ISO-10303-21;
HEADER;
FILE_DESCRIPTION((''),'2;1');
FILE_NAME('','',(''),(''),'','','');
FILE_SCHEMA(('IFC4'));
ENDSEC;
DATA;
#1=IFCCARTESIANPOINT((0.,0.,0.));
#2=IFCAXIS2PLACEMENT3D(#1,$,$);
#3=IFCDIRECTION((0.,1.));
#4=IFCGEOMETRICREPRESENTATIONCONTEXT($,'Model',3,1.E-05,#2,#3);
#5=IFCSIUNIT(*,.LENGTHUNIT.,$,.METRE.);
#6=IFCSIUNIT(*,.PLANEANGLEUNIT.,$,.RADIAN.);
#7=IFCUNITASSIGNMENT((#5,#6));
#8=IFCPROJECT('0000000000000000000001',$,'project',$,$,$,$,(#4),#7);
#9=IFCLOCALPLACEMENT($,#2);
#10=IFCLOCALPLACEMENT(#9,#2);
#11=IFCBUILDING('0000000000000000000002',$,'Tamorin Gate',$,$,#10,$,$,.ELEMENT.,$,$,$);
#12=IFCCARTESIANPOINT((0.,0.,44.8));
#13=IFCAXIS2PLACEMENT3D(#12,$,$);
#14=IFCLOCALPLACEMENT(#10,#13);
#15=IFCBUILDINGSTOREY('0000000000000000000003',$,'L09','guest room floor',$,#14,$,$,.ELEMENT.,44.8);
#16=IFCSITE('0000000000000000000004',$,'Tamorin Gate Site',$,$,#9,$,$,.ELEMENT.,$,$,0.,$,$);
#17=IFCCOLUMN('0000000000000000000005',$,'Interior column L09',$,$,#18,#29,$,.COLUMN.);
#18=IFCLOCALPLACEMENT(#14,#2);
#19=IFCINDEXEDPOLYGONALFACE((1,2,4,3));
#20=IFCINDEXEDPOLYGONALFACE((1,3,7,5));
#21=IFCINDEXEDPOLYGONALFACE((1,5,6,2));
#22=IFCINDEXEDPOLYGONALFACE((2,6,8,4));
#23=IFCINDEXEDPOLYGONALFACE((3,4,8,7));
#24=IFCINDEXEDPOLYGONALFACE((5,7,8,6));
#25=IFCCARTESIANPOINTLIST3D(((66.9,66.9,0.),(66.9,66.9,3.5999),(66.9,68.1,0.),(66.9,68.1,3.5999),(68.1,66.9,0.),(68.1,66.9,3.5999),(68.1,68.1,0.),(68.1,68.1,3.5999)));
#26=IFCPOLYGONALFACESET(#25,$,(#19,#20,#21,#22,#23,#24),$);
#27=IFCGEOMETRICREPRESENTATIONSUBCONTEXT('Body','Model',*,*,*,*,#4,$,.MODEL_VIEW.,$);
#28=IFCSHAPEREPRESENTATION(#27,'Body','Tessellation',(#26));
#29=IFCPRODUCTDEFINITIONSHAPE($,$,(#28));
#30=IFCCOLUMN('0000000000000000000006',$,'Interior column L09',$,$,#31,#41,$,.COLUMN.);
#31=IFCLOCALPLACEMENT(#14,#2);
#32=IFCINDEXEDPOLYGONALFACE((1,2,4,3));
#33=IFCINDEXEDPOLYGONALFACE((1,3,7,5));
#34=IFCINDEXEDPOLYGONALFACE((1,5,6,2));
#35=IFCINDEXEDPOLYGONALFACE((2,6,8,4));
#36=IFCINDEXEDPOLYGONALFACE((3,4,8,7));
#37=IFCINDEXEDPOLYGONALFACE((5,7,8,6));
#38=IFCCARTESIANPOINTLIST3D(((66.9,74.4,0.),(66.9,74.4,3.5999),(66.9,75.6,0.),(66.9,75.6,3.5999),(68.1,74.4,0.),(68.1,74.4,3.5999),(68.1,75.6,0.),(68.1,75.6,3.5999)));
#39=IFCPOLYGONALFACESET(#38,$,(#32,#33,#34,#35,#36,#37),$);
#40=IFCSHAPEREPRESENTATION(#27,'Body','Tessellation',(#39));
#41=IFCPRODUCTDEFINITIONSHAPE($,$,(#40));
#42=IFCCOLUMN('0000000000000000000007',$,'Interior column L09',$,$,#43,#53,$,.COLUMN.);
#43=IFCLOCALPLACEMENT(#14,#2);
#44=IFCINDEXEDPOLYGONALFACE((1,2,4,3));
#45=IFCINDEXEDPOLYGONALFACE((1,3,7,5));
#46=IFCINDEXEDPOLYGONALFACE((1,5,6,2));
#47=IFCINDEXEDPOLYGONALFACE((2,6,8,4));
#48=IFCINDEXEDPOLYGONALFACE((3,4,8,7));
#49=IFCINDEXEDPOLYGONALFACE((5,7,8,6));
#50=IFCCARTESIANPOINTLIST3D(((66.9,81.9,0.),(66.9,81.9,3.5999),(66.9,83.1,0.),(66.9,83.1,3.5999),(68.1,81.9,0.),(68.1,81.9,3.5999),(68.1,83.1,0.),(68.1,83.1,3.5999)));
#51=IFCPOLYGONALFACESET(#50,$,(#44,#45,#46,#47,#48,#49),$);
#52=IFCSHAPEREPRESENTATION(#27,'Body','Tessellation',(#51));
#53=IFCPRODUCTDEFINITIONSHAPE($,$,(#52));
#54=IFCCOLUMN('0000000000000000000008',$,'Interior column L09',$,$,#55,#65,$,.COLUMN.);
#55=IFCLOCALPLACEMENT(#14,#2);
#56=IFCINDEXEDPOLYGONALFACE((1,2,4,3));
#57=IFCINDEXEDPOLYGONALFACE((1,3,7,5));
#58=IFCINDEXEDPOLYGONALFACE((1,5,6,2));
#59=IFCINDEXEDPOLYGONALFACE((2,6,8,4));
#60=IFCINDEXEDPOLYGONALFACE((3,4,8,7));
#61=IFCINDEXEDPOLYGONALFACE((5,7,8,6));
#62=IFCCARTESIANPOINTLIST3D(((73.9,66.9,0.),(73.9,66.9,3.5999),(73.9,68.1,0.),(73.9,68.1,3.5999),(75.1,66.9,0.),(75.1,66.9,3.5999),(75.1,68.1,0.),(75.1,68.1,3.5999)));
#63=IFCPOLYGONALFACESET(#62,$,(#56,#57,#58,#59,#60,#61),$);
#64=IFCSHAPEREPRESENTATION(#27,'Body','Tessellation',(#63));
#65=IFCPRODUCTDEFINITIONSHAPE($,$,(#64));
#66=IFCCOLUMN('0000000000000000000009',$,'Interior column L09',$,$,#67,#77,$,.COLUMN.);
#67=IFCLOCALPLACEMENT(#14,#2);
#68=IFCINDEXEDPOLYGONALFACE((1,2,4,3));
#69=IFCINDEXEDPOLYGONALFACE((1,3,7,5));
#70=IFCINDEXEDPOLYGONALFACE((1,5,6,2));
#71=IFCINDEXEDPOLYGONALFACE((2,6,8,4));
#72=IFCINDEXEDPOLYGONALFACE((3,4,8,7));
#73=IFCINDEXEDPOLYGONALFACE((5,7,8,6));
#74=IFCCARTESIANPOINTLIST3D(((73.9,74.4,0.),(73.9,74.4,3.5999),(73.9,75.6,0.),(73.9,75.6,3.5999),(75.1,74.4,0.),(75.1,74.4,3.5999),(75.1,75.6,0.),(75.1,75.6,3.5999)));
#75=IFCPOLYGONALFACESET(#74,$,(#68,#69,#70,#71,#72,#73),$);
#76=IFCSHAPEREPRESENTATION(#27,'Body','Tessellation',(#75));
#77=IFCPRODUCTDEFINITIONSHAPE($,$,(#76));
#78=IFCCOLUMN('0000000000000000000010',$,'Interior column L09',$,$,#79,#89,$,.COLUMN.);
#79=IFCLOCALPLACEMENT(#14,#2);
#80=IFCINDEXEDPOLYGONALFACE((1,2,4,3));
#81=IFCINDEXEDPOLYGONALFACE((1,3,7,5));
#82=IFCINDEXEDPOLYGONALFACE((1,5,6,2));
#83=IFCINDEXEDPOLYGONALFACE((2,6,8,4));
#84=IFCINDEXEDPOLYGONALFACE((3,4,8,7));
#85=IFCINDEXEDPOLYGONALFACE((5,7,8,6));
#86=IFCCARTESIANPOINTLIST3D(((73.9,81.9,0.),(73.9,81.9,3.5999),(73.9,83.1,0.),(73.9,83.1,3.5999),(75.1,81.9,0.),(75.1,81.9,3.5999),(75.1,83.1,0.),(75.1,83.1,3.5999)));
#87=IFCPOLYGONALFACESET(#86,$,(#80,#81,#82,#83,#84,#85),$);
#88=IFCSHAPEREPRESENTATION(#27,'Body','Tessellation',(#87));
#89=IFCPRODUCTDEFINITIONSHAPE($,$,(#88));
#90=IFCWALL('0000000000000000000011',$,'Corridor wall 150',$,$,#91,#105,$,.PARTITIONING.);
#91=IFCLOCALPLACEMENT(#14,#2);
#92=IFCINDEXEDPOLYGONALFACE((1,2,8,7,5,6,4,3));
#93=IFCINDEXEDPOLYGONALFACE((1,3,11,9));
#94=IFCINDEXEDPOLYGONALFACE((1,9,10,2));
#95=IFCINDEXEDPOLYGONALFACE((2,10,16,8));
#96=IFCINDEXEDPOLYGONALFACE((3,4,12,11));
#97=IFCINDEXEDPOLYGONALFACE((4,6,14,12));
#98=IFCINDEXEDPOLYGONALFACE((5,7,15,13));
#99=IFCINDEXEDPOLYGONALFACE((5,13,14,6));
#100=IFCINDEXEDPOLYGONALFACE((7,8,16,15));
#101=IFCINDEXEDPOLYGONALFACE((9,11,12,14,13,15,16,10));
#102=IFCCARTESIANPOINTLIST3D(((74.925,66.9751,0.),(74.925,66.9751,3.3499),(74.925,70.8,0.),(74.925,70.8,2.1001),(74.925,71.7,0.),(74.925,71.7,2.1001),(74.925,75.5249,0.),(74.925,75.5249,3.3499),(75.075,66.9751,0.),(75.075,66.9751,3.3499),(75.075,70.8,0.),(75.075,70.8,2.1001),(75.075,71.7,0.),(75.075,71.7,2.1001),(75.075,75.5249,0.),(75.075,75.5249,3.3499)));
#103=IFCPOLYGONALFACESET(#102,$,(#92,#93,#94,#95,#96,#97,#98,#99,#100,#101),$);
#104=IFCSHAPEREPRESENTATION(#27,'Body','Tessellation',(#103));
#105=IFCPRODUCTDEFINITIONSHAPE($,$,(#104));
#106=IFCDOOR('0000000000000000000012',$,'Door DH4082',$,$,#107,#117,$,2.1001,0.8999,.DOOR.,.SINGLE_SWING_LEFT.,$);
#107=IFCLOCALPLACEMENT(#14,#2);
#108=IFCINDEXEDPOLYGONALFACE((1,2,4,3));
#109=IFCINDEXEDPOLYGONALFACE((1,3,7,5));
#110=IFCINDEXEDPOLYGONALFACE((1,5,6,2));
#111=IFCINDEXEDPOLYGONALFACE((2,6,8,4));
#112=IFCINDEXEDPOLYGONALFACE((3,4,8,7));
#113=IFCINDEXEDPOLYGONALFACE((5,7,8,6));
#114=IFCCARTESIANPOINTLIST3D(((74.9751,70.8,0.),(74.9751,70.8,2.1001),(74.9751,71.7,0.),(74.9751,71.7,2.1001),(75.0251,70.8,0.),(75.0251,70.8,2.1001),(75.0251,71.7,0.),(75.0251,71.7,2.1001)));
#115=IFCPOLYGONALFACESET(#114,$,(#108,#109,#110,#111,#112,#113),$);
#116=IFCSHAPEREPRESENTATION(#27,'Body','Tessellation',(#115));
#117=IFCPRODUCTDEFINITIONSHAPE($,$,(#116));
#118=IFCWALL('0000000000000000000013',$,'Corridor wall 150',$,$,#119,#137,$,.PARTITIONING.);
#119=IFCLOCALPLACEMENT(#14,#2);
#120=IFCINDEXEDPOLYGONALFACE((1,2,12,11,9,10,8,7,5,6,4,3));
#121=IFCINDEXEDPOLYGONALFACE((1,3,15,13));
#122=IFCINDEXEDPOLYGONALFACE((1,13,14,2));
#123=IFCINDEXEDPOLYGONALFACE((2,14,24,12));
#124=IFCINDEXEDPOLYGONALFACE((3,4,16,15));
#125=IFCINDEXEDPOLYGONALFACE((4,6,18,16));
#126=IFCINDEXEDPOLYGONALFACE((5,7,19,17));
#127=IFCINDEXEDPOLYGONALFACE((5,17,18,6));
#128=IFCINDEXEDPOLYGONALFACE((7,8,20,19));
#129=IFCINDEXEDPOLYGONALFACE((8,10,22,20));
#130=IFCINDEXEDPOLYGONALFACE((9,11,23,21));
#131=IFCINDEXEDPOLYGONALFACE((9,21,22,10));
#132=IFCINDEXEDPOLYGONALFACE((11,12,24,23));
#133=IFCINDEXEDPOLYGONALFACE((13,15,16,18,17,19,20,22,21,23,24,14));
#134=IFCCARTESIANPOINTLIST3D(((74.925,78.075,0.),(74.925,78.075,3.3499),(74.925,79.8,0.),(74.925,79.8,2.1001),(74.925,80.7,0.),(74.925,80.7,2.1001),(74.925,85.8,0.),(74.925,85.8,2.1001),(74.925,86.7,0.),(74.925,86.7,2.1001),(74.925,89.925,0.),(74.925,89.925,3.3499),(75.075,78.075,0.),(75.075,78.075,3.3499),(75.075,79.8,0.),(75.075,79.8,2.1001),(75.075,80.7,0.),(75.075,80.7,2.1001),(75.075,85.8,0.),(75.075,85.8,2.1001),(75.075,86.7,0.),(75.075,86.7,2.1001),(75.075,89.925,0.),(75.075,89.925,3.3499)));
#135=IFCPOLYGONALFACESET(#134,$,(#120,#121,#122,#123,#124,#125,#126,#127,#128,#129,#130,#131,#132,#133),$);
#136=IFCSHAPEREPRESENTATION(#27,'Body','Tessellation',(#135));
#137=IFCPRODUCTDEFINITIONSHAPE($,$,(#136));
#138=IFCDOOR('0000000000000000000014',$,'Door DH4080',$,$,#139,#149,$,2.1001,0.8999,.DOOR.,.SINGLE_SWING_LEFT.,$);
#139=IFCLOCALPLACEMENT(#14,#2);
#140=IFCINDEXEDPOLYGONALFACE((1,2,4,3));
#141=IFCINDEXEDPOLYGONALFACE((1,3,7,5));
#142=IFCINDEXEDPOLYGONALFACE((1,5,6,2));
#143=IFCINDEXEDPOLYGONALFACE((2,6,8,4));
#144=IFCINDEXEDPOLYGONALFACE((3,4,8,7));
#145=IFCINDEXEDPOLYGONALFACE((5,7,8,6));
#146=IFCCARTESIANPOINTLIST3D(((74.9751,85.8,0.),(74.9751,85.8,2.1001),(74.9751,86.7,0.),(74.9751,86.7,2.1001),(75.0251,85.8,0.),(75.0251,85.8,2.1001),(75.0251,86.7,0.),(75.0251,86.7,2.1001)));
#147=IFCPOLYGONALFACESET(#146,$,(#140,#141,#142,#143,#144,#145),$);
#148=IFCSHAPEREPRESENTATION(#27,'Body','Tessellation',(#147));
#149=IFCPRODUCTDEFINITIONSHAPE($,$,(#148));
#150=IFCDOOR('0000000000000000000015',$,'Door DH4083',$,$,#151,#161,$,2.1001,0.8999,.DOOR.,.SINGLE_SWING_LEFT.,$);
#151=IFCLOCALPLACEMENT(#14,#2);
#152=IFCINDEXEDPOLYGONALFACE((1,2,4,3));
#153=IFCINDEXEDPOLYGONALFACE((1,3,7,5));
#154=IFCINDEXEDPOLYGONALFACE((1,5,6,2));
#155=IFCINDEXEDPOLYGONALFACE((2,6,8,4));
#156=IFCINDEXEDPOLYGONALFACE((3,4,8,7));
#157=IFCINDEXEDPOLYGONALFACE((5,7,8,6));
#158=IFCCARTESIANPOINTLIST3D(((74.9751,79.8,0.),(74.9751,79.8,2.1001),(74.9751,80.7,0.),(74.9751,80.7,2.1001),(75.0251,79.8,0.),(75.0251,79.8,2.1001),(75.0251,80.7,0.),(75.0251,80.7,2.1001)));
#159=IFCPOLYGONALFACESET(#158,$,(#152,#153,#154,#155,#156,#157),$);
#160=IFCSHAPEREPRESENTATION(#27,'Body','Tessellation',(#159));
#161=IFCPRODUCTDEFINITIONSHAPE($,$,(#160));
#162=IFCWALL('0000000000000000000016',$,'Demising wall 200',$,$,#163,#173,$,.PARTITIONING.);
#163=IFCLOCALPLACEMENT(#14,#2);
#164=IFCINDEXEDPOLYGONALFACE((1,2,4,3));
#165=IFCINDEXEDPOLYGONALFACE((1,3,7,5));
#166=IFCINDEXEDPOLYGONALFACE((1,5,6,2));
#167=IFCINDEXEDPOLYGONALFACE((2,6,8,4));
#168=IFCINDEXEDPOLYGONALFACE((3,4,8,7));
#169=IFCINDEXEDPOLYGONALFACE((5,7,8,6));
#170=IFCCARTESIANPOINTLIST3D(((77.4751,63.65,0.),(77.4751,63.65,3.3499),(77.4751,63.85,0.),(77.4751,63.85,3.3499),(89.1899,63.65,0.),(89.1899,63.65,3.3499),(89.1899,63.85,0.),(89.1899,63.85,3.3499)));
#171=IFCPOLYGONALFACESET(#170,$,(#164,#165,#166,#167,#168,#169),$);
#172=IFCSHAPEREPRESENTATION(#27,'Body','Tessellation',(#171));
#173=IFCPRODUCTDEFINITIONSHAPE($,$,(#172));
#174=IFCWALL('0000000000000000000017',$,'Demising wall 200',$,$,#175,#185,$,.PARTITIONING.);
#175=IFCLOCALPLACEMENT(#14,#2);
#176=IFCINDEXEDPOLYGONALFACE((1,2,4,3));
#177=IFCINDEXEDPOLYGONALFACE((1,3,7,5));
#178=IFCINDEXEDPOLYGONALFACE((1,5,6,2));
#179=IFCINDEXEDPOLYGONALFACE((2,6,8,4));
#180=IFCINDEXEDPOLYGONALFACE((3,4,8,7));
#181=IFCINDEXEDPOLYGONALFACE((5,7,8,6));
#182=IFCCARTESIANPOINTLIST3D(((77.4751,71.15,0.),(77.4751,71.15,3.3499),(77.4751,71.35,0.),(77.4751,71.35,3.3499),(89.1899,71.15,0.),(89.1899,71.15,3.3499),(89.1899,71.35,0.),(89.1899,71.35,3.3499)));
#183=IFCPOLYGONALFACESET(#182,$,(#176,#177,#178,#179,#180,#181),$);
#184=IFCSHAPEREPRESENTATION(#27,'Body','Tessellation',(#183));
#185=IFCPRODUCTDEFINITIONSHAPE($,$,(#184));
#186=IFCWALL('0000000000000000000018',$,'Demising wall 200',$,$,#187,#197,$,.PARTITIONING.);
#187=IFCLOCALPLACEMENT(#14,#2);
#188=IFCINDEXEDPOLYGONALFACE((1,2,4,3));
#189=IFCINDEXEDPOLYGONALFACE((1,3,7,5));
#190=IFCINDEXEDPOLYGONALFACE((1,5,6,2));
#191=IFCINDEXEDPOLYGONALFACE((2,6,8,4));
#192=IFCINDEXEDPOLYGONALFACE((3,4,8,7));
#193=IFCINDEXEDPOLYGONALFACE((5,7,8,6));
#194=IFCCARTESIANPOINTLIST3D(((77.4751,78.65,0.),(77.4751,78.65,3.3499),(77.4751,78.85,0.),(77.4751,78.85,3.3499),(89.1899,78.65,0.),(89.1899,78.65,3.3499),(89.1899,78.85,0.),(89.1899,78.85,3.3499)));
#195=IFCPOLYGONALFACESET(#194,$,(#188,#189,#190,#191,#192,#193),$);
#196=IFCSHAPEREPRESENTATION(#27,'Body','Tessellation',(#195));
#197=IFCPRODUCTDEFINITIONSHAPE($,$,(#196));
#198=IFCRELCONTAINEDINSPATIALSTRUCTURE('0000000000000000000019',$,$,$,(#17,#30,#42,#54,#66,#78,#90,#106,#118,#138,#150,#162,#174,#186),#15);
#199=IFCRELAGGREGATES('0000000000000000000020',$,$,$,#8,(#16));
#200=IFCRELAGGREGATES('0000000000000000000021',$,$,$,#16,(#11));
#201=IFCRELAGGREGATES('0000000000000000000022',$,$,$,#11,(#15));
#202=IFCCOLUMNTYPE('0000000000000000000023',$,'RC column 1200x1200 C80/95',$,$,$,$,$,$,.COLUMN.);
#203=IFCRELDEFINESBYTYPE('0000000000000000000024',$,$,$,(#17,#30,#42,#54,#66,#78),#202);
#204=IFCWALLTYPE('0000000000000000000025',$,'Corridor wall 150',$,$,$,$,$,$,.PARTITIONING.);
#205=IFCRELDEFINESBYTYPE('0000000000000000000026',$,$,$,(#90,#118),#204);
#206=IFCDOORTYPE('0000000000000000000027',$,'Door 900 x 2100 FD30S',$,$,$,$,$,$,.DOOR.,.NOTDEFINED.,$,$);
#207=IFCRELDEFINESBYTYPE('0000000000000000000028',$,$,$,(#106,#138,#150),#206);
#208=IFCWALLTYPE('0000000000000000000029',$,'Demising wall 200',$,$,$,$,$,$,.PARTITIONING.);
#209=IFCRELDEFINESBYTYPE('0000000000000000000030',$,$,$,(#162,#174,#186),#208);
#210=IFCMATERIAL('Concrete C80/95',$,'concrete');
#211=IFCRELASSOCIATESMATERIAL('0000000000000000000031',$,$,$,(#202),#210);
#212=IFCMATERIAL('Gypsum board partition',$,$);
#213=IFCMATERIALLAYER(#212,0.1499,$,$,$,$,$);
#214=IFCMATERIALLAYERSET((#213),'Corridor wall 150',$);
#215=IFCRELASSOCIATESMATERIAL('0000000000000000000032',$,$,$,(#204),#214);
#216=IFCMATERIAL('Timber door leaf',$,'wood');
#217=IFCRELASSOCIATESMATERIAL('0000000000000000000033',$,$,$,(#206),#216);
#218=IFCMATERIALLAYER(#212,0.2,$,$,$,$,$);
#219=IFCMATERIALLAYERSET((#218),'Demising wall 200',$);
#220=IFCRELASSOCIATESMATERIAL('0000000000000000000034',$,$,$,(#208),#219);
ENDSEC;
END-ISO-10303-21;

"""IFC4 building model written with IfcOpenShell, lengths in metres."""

from ifc_helpers import new_model, si_unit, direction, frame, frame_2d, origin, origin_2d, place, context, subcontext, project, spatial, rectangle, extrude, material, layer, layer_set, material_profile, profile_set, type_object, element, fill, save


model = new_model("IFC4")

# Units and contexts
model_context = context("Model", 3, precision=1e-05, world=origin(), true_north=direction((0.0, 1.0)))
body_context = subcontext(model_context, "Body", "Model", "MODEL_VIEW")
ifc_project = project(units=[si_unit("LENGTHUNIT", "METRE"), si_unit("PLANEANGLEUNIT", "RADIAN")], contexts=[model_context])

# Site, building, storey
site_placement = place(None, origin())
site = spatial("IfcSite", under=ifc_project, at=site_placement, Name="Tamorin Gate Site", CompositionType="ELEMENT", RefElevation=0.0)
building_placement = place(site_placement, origin())
building = spatial("IfcBuilding", under=site, at=building_placement, Name="Tamorin Gate", CompositionType="ELEMENT")
storey_placement = place(building_placement, frame((0.0, 0.0, 44.8)))
storey = spatial("IfcBuildingStorey", under=building, at=storey_placement, Name="L09", Description="guest room floor", CompositionType="ELEMENT", Elevation=44.8)

# Columns
ifc_material_1 = material(Name="Concrete C80/95", Category="concrete")
ifc_material_profile = material_profile(ifc_material_1, rectangle(XDim=1.2, YDim=1.2, at=origin_2d()), Name="RC 1200x1200")
ifc_profile_set = profile_set([ifc_material_profile], Name="Concrete C80/95")
column_type = type_object("IfcColumnType", Name="RC column 1200x1200 C80/95", PredefinedType="COLUMN", material=ifc_profile_set)
for number, where, z_axis, x_axis, name in (
    (1, (67.5, 67.5, 0.0), (0.0, 0.0, 1.0), (1.0, 0.0, 0.0), "Interior column L09"),
    (2, (67.5, 75.0, 0.0), (0.0, 0.0, 1.0), (1.0, 0.0, 0.0), "Interior column L09"),
    (3, (67.5, 82.5, 0.0), (0.0, 0.0, 1.0), (1.0, 0.0, 0.0), "Interior column L09"),
    (4, (74.5, 67.5, 0.0), (0.0, 0.0, 1.0), (1.0, 0.0, 0.0), "Interior column L09"),
    (5, (74.5, 75.0, 0.0), (0.0, 0.0, 1.0), (1.0, 0.0, 0.0), "Interior column L09"),
    (6, (74.5, 82.5, 0.0), (0.0, 0.0, 1.0), (1.0, 0.0, 0.0), "Interior column L09"),
):
    element("IfcColumn", number, at=place(storey_placement, frame(where, z_axis=z_axis, x_axis=x_axis)), inside=storey, type_object=column_type, Name=name, PredefinedType="COLUMN", context=body_context, shape_type="SweptSolid", body=[
        extrude(rectangle(XDim=1.2, YDim=1.2, at=origin_2d()), origin(), (0.0, 0.0, 1.0), 3.5999),
    ])

# Wall, opening, door
ifc_material_2 = material(Name="Gypsum board partition")
ifc_layer_1 = layer(ifc_material_2, 0.1499)
ifc_layer_set_1 = layer_set([ifc_layer_1], Name="Corridor wall 150")
wall_type_1 = type_object("IfcWallType", Name="Corridor wall 150", PredefinedType="PARTITIONING", material=ifc_layer_set_1)
wall_1_placement = place(storey_placement, frame((75.0, 66.9751, 0.0), z_axis=(0.0, 0.0, 1.0), x_axis=(0.0, 1.0, 0.0)))
wall_1 = element("IfcWall", 7, at=wall_1_placement, inside=storey, type_object=wall_type_1, Name="Corridor wall 150", PredefinedType="PARTITIONING", context=body_context, shape_type="SweptSolid", body=[
    extrude(rectangle(XDim=8.5498, YDim=0.1499, at=frame_2d((4.2749, 0.0))), origin(), (0.0, 0.0, 1.0), 3.3499),
])
opening_1_placement = place(wall_1_placement, frame((3.825, 0.0, 0.0)))
opening_1 = element("IfcOpeningElement", 8, at=opening_1_placement, cuts=wall_1, PredefinedType="OPENING", context=body_context, shape_type="SweptSolid", body=[
    extrude(rectangle(XDim=0.8999, YDim=2.1001, at=frame_2d((0.45, 1.05))), frame((0.0, 0.085, 0.0), z_axis=(0.0, -1.0, 0.0), x_axis=(1.0, 0.0, 0.0)), (0.0, 0.0, 1.0), 0.1699),
])
ifc_material_3 = material(Name="Timber door leaf", Category="wood")
door_type = type_object("IfcDoorType", Name="Door 900 x 2100 FD30S", OperationType="NOTDEFINED", PredefinedType="DOOR", material=ifc_material_3)
door_1_placement = place(opening_1_placement, origin())
door_1 = element("IfcDoor", 9, at=door_1_placement, inside=storey, type_object=door_type, Name="Door DH4082", OperationType="SINGLE_SWING_LEFT", OverallHeight=2.1001, OverallWidth=0.8999, PredefinedType="DOOR", context=body_context, shape_type="SweptSolid", body=[
    extrude(rectangle(XDim=0.8999, YDim=2.1001, at=frame_2d((0.45, 1.05))), frame((0.0, 0.0249, 0.0), z_axis=(0.0, -1.0, 0.0), x_axis=(1.0, 0.0, 0.0)), (0.0, 0.0, 1.0), 0.05),
])
fill(opening_1, door_1)

# Wall, openings, doors
wall_2_placement = place(storey_placement, frame((75.0, 78.075, 0.0), z_axis=(0.0, 0.0, 1.0), x_axis=(0.0, 1.0, 0.0)))
wall_2 = element("IfcWall", 10, at=wall_2_placement, inside=storey, type_object=wall_type_1, Name="Corridor wall 150", PredefinedType="PARTITIONING", context=body_context, shape_type="SweptSolid", body=[
    extrude(rectangle(XDim=11.8501, YDim=0.1499, at=frame_2d((5.925, 0.0))), origin(), (0.0, 0.0, 1.0), 3.3499),
])
opening_2_placement = place(wall_2_placement, frame((7.7251, 0.0, 0.0)))
opening_2 = element("IfcOpeningElement", 11, at=opening_2_placement, cuts=wall_2, PredefinedType="OPENING", context=body_context, shape_type="SweptSolid", body=[
    extrude(rectangle(XDim=0.8999, YDim=2.1001, at=frame_2d((0.45, 1.05))), frame((0.0, 0.085, 0.0), z_axis=(0.0, -1.0, 0.0), x_axis=(1.0, 0.0, 0.0)), (0.0, 0.0, 1.0), 0.1699),
])
opening_3_placement = place(wall_2_placement, frame((1.7251, 0.0, 0.0)))
opening_3 = element("IfcOpeningElement", 12, at=opening_3_placement, cuts=wall_2, PredefinedType="OPENING", context=body_context, shape_type="SweptSolid", body=[
    extrude(rectangle(XDim=0.8999, YDim=2.1001, at=frame_2d((0.45, 1.05))), frame((0.0, 0.085, 0.0), z_axis=(0.0, -1.0, 0.0), x_axis=(1.0, 0.0, 0.0)), (0.0, 0.0, 1.0), 0.1699),
])
door_2_placement = place(opening_2_placement, origin())
door_2 = element("IfcDoor", 13, at=door_2_placement, inside=storey, type_object=door_type, Name="Door DH4080", OperationType="SINGLE_SWING_LEFT", OverallHeight=2.1001, OverallWidth=0.8999, PredefinedType="DOOR", context=body_context, shape_type="SweptSolid", body=[
    extrude(rectangle(XDim=0.8999, YDim=2.1001, at=frame_2d((0.45, 1.05))), frame((0.0, 0.0249, 0.0), z_axis=(0.0, -1.0, 0.0), x_axis=(1.0, 0.0, 0.0)), (0.0, 0.0, 1.0), 0.05),
])
fill(opening_2, door_2)
door_3_placement = place(opening_3_placement, origin())
door_3 = element("IfcDoor", 14, at=door_3_placement, inside=storey, type_object=door_type, Name="Door DH4083", OperationType="SINGLE_SWING_LEFT", OverallHeight=2.1001, OverallWidth=0.8999, PredefinedType="DOOR", context=body_context, shape_type="SweptSolid", body=[
    extrude(rectangle(XDim=0.8999, YDim=2.1001, at=frame_2d((0.45, 1.05))), frame((0.0, 0.0249, 0.0), z_axis=(0.0, -1.0, 0.0), x_axis=(1.0, 0.0, 0.0)), (0.0, 0.0, 1.0), 0.05),
])
fill(opening_3, door_3)

# Walls
ifc_layer_2 = layer(ifc_material_2, 0.2)
ifc_layer_set_2 = layer_set([ifc_layer_2], Name="Demising wall 200")
wall_type_2 = type_object("IfcWallType", Name="Demising wall 200", PredefinedType="PARTITIONING", material=ifc_layer_set_2)
for number, where, z_axis, x_axis, name in (
    (15, (77.4751, 63.75, 0.0), (0.0, 0.0, 1.0), (1.0, 0.0, 0.0), "Demising wall 200"),
    (16, (77.4751, 71.25, 0.0), (0.0, 0.0, 1.0), (1.0, 0.0, 0.0), "Demising wall 200"),
    (17, (77.4751, 78.75, 0.0), (0.0, 0.0, 1.0), (1.0, 0.0, 0.0), "Demising wall 200"),
):
    element("IfcWall", number, at=place(storey_placement, frame(where, z_axis=z_axis, x_axis=x_axis)), inside=storey, type_object=wall_type_2, Name=name, PredefinedType="PARTITIONING", context=body_context, shape_type="SweptSolid", body=[
        extrude(rectangle(XDim=11.7148, YDim=0.2, at=frame_2d((5.8574, 0.0))), origin(), (0.0, 0.0, 1.0), 3.3499),
    ])

save(model, "model.ifc")
